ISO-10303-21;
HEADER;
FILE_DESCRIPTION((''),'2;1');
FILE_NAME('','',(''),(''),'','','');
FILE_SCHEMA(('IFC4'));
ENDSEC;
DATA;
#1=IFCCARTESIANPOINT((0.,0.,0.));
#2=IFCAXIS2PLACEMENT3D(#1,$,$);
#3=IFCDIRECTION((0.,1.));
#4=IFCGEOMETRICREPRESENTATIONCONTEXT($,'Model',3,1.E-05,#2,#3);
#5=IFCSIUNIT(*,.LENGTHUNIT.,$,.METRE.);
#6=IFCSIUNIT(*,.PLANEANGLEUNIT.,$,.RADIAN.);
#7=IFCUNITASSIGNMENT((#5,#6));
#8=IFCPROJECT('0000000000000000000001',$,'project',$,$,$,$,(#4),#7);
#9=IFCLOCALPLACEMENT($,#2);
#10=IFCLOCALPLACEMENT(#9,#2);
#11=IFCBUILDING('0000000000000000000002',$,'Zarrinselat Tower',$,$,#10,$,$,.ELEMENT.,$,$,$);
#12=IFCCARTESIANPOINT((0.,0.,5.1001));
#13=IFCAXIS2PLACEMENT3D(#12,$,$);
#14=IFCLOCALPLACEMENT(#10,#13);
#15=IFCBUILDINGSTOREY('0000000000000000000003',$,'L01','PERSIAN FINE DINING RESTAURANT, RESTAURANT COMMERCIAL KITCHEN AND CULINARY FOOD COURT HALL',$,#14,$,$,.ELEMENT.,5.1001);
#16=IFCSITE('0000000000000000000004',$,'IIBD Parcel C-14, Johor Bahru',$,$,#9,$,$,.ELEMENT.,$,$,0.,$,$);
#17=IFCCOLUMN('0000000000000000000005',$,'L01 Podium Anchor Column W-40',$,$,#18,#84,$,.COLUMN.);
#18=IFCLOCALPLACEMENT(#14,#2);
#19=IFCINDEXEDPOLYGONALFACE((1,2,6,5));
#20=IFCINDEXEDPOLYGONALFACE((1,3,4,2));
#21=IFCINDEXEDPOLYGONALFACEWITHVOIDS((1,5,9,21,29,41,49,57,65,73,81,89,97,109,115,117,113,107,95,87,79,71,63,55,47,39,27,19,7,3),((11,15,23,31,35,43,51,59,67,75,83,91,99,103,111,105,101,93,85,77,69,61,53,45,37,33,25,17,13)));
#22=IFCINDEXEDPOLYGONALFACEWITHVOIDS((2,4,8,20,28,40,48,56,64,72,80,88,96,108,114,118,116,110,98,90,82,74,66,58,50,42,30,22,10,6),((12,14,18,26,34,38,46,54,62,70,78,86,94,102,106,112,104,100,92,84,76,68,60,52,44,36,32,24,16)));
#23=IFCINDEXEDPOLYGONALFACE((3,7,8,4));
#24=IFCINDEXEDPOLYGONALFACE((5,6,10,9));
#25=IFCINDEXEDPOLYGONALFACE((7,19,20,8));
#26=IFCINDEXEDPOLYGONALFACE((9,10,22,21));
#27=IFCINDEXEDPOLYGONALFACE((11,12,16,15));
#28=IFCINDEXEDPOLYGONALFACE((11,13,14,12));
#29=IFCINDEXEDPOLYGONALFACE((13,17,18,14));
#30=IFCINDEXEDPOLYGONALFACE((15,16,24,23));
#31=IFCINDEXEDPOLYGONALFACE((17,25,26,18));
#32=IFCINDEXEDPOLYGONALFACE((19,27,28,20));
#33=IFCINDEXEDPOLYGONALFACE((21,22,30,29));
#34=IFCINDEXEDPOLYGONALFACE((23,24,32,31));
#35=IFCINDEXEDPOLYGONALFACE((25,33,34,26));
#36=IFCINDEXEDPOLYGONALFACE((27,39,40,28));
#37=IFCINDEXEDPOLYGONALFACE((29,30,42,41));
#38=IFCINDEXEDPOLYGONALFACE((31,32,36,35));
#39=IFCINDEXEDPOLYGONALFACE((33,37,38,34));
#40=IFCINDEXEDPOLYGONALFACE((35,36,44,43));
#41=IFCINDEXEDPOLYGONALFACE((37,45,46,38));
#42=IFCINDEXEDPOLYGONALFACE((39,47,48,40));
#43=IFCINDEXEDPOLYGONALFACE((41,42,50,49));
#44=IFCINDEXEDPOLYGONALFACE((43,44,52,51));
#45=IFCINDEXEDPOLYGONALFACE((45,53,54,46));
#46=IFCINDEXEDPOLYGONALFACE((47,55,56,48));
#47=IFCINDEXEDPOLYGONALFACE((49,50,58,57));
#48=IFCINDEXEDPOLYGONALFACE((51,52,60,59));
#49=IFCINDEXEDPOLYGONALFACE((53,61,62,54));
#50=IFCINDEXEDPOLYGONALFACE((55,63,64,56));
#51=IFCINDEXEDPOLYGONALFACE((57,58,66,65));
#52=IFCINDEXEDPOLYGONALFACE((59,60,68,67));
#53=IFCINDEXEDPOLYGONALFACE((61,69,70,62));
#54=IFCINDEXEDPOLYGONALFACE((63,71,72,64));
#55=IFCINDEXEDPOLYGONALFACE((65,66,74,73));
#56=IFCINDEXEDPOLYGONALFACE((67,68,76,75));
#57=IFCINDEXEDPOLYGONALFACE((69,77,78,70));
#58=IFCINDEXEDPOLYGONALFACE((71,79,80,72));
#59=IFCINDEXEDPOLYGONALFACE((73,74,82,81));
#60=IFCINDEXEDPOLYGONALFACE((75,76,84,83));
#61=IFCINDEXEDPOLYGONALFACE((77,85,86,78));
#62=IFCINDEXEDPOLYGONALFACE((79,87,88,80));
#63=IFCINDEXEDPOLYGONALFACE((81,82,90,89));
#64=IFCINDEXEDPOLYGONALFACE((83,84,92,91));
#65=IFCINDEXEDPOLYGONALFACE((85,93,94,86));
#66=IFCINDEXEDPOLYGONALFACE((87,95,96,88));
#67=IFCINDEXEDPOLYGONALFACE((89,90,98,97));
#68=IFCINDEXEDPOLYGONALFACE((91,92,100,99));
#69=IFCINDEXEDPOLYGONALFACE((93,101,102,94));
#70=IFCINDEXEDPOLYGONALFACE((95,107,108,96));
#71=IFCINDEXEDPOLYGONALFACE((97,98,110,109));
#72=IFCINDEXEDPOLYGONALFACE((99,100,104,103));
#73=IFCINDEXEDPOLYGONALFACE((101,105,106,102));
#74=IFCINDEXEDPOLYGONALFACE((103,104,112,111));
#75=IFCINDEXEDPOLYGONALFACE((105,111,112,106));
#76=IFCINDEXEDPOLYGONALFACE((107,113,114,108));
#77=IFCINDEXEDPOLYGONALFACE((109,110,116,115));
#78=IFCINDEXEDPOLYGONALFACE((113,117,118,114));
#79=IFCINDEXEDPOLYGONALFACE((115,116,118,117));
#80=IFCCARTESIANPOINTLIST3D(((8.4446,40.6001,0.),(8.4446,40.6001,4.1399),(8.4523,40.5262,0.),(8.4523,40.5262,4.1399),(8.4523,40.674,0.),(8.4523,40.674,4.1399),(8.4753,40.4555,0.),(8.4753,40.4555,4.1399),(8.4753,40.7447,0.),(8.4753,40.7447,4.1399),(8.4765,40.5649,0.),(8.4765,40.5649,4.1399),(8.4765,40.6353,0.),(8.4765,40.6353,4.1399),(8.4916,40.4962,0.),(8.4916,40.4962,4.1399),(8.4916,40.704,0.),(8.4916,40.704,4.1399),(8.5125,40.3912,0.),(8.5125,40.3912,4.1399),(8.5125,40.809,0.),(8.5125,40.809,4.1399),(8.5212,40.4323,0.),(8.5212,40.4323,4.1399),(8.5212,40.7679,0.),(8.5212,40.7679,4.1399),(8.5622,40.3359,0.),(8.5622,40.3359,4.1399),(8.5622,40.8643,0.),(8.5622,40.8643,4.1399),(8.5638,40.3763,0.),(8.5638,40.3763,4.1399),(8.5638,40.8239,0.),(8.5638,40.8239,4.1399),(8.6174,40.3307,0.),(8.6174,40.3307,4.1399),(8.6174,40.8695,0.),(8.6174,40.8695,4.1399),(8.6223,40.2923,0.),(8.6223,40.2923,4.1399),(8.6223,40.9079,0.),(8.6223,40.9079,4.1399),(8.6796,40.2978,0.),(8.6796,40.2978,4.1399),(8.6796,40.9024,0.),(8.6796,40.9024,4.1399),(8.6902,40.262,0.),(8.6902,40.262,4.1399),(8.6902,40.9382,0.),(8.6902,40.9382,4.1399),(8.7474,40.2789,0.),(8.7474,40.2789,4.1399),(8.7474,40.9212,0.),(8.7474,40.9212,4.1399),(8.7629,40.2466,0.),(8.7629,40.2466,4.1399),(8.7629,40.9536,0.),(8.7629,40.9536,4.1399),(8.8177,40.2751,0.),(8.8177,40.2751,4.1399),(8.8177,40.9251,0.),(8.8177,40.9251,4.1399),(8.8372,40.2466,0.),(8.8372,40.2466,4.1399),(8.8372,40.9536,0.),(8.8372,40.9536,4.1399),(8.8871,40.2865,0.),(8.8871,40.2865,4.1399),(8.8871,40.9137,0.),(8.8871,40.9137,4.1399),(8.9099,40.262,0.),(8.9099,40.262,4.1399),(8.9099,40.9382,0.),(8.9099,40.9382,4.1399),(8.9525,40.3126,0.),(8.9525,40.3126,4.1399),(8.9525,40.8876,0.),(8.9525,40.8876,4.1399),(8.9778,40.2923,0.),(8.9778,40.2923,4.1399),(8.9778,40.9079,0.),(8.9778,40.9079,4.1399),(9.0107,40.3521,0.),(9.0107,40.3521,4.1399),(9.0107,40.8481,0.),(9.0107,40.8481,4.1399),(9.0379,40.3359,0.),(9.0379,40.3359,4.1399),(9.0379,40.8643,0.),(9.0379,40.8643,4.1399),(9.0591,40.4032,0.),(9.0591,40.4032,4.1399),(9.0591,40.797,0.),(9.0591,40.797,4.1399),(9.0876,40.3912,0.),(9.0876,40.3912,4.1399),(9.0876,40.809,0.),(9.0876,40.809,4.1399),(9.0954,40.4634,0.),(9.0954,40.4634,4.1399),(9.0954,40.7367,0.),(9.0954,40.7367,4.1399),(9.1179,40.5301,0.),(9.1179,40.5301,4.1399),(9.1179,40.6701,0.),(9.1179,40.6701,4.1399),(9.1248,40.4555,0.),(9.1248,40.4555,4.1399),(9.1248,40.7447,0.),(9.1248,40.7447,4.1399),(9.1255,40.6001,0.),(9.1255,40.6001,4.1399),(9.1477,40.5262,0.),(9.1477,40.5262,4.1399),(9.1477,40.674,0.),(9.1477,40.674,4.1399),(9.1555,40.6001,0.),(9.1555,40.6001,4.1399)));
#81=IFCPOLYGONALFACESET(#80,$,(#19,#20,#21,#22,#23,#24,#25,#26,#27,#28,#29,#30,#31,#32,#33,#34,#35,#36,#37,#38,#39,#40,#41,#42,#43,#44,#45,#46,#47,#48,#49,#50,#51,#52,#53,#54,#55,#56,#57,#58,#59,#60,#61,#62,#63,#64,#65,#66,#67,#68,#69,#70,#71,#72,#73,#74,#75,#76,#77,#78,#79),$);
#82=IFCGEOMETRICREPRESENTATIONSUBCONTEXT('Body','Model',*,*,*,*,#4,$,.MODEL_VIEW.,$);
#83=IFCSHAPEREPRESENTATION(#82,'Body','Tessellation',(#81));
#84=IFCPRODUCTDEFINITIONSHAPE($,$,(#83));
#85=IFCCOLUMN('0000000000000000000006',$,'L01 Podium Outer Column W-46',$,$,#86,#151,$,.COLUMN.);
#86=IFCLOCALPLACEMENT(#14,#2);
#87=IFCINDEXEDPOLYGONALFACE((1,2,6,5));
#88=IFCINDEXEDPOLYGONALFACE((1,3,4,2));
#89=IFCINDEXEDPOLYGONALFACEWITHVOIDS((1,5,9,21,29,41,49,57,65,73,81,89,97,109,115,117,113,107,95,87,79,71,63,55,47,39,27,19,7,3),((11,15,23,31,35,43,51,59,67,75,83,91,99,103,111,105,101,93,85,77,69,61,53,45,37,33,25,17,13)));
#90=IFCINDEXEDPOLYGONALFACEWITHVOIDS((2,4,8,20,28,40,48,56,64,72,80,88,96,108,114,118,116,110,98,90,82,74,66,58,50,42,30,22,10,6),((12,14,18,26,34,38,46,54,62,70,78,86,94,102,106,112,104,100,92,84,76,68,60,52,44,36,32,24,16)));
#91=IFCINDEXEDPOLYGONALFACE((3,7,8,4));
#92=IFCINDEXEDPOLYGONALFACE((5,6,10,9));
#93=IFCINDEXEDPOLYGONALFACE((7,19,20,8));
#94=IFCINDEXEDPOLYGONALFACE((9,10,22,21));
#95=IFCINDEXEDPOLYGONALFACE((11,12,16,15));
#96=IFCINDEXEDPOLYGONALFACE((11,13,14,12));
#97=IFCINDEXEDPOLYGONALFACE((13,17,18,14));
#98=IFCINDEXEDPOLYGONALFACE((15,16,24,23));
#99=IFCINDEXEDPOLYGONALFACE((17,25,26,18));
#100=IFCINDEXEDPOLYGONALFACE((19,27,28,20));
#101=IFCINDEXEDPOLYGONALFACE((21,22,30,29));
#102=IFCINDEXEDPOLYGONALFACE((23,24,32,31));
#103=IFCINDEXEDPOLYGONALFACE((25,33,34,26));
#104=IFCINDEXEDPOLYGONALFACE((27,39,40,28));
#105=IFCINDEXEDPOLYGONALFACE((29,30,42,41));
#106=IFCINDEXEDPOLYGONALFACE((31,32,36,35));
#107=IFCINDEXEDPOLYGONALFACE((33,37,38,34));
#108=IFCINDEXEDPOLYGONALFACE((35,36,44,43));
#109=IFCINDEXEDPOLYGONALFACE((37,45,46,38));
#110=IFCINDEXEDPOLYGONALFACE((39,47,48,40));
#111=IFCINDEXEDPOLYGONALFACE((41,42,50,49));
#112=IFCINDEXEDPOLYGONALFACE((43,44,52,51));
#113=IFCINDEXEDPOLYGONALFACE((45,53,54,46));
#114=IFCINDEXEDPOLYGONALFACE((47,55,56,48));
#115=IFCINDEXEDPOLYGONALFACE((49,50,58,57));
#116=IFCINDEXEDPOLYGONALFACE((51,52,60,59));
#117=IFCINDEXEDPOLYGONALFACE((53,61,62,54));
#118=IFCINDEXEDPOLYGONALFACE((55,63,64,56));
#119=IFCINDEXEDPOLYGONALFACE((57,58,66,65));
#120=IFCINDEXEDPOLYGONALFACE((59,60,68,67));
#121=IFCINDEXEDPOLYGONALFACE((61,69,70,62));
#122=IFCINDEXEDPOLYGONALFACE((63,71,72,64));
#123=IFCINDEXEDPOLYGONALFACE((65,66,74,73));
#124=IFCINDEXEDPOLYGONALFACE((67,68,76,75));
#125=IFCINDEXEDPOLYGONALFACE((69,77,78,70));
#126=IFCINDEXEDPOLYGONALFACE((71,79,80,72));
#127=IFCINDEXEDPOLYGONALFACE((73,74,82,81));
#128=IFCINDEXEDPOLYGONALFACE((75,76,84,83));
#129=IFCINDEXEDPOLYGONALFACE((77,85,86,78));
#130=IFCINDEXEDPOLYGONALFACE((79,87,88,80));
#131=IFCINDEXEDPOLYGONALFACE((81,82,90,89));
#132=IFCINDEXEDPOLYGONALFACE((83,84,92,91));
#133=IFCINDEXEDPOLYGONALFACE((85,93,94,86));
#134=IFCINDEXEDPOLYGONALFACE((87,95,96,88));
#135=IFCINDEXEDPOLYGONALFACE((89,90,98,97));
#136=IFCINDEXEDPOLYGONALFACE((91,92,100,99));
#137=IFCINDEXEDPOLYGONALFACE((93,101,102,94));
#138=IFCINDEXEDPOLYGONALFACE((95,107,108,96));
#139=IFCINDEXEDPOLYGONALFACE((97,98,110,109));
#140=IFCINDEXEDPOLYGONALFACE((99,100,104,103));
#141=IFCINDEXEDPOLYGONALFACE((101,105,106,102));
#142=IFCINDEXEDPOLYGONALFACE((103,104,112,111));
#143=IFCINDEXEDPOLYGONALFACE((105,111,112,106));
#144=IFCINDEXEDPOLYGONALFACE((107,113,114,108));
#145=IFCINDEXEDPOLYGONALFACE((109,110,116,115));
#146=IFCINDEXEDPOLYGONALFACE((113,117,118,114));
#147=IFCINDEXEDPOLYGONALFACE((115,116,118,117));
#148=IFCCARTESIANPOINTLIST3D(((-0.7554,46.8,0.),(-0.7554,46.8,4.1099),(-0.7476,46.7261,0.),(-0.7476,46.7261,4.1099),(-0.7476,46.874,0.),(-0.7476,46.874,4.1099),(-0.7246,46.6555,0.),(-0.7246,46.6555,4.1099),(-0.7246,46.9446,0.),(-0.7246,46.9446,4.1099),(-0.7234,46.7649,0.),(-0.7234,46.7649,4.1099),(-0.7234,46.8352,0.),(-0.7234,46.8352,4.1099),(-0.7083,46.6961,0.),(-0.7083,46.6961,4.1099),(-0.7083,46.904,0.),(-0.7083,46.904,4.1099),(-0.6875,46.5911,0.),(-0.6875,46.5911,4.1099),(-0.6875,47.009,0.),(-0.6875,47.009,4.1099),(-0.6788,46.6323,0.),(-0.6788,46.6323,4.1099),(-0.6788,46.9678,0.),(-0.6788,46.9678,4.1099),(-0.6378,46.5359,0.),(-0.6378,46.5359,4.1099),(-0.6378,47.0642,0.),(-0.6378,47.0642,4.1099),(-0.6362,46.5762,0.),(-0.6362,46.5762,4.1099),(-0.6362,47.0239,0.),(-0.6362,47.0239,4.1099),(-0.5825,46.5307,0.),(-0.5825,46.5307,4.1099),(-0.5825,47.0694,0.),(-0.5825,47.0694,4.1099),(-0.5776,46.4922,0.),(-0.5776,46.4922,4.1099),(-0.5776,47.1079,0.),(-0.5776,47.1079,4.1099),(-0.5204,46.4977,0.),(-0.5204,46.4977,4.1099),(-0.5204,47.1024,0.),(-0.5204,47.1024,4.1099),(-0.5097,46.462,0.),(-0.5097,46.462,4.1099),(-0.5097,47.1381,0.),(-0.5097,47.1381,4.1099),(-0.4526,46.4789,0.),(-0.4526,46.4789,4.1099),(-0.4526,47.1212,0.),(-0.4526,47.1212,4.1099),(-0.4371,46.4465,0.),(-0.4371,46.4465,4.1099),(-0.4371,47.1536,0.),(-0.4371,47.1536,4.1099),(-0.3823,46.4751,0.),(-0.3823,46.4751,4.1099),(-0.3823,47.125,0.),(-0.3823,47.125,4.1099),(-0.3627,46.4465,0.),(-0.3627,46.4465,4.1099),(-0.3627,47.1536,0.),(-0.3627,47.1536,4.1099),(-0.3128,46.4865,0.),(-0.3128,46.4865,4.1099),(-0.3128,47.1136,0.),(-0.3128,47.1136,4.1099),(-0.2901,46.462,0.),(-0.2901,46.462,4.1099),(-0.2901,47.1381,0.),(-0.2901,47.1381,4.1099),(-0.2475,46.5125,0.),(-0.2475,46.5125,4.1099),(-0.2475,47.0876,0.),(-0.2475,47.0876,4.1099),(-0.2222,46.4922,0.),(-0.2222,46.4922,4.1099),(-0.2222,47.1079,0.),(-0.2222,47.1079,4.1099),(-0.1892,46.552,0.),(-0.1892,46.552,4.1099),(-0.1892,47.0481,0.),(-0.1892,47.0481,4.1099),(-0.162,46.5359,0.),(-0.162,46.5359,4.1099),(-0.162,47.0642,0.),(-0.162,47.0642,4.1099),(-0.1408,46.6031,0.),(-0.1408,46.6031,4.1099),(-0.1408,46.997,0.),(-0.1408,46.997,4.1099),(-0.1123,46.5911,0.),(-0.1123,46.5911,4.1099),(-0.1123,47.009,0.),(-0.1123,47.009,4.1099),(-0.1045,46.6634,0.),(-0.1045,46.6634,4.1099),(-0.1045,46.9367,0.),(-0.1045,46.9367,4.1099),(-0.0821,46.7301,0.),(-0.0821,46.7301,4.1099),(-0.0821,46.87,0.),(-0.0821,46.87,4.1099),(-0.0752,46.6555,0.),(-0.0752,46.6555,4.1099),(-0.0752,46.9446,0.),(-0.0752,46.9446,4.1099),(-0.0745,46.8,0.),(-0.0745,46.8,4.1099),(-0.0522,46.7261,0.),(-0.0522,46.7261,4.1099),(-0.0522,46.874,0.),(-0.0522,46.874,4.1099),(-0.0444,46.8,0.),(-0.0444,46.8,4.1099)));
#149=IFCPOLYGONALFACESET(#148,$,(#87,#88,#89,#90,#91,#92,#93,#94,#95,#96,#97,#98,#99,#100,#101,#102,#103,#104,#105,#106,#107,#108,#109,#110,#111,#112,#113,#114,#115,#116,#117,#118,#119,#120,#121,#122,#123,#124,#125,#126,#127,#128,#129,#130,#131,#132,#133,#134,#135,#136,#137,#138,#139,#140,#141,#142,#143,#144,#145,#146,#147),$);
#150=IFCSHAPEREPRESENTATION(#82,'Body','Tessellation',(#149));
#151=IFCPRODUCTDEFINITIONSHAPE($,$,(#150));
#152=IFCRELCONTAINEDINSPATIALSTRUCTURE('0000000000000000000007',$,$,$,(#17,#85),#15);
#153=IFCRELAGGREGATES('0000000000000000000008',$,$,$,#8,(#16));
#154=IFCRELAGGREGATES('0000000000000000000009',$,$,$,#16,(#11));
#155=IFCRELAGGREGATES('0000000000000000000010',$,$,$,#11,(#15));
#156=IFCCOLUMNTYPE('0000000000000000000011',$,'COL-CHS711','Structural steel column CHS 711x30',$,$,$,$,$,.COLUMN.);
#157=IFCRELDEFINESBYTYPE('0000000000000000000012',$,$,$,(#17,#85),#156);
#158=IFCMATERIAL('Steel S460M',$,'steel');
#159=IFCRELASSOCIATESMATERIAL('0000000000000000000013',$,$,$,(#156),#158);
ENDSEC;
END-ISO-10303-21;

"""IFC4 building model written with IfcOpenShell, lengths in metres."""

from ifc_helpers import new_model, si_unit, direction, frame, origin, origin_2d, place, context, subcontext, project, spatial, hollow_circle, extrude, material, material_profile, profile_set, type_object, element, save


model = new_model("IFC4")

# Units and contexts
model_context = context("Model", 3, precision=1e-05, world=origin(), true_north=direction((0.0, 1.0)))
body_context = subcontext(model_context, "Body", "Model", "MODEL_VIEW")
ifc_project = project(units=[si_unit("LENGTHUNIT", "METRE"), si_unit("PLANEANGLEUNIT", "RADIAN")], contexts=[model_context])

# Site, building, storey
site_placement = place(None, origin())
site = spatial("IfcSite", under=ifc_project, at=site_placement, Name="IIBD Parcel C-14, Johor Bahru", CompositionType="ELEMENT", RefElevation=0.0)
building_placement = place(site_placement, origin())
building = spatial("IfcBuilding", under=site, at=building_placement, Name="Zarrinselat Tower", CompositionType="ELEMENT")
storey_placement = place(building_placement, frame((0.0, 0.0, 5.1001)))
storey = spatial("IfcBuildingStorey", under=building, at=storey_placement, Name="L01", Description="PERSIAN FINE DINING RESTAURANT, RESTAURANT COMMERCIAL KITCHEN AND CULINARY FOOD COURT HALL", CompositionType="ELEMENT", Elevation=5.1001)

# Columns
ifc_material_1 = material(Name="Steel S460M", Category="steel")
ifc_material_profile_1 = material_profile(ifc_material_1, hollow_circle(Radius=0.3555, WallThickness=0.03, at=origin_2d()), Name="CHS 711x30")
ifc_profile_set_1 = profile_set([ifc_material_profile_1], Name="Steel S460M")
column_type_1 = type_object("IfcColumnType", Name="COL-CHS711", Description="Structural steel column CHS 711x30", PredefinedType="COLUMN", material=ifc_profile_set_1)
column_1_placement = place(storey_placement, frame((8.8, 40.6001, 0.0), z_axis=(0.0, 0.0, 1.0), x_axis=(1.0, 0.0, 0.0)))
element("IfcColumn", 1, at=column_1_placement, inside=storey, type_object=column_type_1, Name="L01 Podium Anchor Column W-40", PredefinedType="COLUMN", context=body_context, shape_type="SweptSolid", body=[
    extrude(hollow_circle(Radius=0.3555, WallThickness=0.03, at=origin_2d()), origin(), (0.0, 0.0, 1.0), 4.1399),
])
column_2_placement = place(storey_placement, frame((-0.3999, 46.8, 0.0), z_axis=(0.0, 0.0, 1.0), x_axis=(1.0, 0.0, 0.0)))
element("IfcColumn", 2, at=column_2_placement, inside=storey, type_object=column_type_1, Name="L01 Podium Outer Column W-46", PredefinedType="COLUMN", context=body_context, shape_type="SweptSolid", body=[
    extrude(hollow_circle(Radius=0.3555, WallThickness=0.03, at=origin_2d()), origin(), (0.0, 0.0, 1.0), 4.1099),
])

save(model, "model.ifc")
